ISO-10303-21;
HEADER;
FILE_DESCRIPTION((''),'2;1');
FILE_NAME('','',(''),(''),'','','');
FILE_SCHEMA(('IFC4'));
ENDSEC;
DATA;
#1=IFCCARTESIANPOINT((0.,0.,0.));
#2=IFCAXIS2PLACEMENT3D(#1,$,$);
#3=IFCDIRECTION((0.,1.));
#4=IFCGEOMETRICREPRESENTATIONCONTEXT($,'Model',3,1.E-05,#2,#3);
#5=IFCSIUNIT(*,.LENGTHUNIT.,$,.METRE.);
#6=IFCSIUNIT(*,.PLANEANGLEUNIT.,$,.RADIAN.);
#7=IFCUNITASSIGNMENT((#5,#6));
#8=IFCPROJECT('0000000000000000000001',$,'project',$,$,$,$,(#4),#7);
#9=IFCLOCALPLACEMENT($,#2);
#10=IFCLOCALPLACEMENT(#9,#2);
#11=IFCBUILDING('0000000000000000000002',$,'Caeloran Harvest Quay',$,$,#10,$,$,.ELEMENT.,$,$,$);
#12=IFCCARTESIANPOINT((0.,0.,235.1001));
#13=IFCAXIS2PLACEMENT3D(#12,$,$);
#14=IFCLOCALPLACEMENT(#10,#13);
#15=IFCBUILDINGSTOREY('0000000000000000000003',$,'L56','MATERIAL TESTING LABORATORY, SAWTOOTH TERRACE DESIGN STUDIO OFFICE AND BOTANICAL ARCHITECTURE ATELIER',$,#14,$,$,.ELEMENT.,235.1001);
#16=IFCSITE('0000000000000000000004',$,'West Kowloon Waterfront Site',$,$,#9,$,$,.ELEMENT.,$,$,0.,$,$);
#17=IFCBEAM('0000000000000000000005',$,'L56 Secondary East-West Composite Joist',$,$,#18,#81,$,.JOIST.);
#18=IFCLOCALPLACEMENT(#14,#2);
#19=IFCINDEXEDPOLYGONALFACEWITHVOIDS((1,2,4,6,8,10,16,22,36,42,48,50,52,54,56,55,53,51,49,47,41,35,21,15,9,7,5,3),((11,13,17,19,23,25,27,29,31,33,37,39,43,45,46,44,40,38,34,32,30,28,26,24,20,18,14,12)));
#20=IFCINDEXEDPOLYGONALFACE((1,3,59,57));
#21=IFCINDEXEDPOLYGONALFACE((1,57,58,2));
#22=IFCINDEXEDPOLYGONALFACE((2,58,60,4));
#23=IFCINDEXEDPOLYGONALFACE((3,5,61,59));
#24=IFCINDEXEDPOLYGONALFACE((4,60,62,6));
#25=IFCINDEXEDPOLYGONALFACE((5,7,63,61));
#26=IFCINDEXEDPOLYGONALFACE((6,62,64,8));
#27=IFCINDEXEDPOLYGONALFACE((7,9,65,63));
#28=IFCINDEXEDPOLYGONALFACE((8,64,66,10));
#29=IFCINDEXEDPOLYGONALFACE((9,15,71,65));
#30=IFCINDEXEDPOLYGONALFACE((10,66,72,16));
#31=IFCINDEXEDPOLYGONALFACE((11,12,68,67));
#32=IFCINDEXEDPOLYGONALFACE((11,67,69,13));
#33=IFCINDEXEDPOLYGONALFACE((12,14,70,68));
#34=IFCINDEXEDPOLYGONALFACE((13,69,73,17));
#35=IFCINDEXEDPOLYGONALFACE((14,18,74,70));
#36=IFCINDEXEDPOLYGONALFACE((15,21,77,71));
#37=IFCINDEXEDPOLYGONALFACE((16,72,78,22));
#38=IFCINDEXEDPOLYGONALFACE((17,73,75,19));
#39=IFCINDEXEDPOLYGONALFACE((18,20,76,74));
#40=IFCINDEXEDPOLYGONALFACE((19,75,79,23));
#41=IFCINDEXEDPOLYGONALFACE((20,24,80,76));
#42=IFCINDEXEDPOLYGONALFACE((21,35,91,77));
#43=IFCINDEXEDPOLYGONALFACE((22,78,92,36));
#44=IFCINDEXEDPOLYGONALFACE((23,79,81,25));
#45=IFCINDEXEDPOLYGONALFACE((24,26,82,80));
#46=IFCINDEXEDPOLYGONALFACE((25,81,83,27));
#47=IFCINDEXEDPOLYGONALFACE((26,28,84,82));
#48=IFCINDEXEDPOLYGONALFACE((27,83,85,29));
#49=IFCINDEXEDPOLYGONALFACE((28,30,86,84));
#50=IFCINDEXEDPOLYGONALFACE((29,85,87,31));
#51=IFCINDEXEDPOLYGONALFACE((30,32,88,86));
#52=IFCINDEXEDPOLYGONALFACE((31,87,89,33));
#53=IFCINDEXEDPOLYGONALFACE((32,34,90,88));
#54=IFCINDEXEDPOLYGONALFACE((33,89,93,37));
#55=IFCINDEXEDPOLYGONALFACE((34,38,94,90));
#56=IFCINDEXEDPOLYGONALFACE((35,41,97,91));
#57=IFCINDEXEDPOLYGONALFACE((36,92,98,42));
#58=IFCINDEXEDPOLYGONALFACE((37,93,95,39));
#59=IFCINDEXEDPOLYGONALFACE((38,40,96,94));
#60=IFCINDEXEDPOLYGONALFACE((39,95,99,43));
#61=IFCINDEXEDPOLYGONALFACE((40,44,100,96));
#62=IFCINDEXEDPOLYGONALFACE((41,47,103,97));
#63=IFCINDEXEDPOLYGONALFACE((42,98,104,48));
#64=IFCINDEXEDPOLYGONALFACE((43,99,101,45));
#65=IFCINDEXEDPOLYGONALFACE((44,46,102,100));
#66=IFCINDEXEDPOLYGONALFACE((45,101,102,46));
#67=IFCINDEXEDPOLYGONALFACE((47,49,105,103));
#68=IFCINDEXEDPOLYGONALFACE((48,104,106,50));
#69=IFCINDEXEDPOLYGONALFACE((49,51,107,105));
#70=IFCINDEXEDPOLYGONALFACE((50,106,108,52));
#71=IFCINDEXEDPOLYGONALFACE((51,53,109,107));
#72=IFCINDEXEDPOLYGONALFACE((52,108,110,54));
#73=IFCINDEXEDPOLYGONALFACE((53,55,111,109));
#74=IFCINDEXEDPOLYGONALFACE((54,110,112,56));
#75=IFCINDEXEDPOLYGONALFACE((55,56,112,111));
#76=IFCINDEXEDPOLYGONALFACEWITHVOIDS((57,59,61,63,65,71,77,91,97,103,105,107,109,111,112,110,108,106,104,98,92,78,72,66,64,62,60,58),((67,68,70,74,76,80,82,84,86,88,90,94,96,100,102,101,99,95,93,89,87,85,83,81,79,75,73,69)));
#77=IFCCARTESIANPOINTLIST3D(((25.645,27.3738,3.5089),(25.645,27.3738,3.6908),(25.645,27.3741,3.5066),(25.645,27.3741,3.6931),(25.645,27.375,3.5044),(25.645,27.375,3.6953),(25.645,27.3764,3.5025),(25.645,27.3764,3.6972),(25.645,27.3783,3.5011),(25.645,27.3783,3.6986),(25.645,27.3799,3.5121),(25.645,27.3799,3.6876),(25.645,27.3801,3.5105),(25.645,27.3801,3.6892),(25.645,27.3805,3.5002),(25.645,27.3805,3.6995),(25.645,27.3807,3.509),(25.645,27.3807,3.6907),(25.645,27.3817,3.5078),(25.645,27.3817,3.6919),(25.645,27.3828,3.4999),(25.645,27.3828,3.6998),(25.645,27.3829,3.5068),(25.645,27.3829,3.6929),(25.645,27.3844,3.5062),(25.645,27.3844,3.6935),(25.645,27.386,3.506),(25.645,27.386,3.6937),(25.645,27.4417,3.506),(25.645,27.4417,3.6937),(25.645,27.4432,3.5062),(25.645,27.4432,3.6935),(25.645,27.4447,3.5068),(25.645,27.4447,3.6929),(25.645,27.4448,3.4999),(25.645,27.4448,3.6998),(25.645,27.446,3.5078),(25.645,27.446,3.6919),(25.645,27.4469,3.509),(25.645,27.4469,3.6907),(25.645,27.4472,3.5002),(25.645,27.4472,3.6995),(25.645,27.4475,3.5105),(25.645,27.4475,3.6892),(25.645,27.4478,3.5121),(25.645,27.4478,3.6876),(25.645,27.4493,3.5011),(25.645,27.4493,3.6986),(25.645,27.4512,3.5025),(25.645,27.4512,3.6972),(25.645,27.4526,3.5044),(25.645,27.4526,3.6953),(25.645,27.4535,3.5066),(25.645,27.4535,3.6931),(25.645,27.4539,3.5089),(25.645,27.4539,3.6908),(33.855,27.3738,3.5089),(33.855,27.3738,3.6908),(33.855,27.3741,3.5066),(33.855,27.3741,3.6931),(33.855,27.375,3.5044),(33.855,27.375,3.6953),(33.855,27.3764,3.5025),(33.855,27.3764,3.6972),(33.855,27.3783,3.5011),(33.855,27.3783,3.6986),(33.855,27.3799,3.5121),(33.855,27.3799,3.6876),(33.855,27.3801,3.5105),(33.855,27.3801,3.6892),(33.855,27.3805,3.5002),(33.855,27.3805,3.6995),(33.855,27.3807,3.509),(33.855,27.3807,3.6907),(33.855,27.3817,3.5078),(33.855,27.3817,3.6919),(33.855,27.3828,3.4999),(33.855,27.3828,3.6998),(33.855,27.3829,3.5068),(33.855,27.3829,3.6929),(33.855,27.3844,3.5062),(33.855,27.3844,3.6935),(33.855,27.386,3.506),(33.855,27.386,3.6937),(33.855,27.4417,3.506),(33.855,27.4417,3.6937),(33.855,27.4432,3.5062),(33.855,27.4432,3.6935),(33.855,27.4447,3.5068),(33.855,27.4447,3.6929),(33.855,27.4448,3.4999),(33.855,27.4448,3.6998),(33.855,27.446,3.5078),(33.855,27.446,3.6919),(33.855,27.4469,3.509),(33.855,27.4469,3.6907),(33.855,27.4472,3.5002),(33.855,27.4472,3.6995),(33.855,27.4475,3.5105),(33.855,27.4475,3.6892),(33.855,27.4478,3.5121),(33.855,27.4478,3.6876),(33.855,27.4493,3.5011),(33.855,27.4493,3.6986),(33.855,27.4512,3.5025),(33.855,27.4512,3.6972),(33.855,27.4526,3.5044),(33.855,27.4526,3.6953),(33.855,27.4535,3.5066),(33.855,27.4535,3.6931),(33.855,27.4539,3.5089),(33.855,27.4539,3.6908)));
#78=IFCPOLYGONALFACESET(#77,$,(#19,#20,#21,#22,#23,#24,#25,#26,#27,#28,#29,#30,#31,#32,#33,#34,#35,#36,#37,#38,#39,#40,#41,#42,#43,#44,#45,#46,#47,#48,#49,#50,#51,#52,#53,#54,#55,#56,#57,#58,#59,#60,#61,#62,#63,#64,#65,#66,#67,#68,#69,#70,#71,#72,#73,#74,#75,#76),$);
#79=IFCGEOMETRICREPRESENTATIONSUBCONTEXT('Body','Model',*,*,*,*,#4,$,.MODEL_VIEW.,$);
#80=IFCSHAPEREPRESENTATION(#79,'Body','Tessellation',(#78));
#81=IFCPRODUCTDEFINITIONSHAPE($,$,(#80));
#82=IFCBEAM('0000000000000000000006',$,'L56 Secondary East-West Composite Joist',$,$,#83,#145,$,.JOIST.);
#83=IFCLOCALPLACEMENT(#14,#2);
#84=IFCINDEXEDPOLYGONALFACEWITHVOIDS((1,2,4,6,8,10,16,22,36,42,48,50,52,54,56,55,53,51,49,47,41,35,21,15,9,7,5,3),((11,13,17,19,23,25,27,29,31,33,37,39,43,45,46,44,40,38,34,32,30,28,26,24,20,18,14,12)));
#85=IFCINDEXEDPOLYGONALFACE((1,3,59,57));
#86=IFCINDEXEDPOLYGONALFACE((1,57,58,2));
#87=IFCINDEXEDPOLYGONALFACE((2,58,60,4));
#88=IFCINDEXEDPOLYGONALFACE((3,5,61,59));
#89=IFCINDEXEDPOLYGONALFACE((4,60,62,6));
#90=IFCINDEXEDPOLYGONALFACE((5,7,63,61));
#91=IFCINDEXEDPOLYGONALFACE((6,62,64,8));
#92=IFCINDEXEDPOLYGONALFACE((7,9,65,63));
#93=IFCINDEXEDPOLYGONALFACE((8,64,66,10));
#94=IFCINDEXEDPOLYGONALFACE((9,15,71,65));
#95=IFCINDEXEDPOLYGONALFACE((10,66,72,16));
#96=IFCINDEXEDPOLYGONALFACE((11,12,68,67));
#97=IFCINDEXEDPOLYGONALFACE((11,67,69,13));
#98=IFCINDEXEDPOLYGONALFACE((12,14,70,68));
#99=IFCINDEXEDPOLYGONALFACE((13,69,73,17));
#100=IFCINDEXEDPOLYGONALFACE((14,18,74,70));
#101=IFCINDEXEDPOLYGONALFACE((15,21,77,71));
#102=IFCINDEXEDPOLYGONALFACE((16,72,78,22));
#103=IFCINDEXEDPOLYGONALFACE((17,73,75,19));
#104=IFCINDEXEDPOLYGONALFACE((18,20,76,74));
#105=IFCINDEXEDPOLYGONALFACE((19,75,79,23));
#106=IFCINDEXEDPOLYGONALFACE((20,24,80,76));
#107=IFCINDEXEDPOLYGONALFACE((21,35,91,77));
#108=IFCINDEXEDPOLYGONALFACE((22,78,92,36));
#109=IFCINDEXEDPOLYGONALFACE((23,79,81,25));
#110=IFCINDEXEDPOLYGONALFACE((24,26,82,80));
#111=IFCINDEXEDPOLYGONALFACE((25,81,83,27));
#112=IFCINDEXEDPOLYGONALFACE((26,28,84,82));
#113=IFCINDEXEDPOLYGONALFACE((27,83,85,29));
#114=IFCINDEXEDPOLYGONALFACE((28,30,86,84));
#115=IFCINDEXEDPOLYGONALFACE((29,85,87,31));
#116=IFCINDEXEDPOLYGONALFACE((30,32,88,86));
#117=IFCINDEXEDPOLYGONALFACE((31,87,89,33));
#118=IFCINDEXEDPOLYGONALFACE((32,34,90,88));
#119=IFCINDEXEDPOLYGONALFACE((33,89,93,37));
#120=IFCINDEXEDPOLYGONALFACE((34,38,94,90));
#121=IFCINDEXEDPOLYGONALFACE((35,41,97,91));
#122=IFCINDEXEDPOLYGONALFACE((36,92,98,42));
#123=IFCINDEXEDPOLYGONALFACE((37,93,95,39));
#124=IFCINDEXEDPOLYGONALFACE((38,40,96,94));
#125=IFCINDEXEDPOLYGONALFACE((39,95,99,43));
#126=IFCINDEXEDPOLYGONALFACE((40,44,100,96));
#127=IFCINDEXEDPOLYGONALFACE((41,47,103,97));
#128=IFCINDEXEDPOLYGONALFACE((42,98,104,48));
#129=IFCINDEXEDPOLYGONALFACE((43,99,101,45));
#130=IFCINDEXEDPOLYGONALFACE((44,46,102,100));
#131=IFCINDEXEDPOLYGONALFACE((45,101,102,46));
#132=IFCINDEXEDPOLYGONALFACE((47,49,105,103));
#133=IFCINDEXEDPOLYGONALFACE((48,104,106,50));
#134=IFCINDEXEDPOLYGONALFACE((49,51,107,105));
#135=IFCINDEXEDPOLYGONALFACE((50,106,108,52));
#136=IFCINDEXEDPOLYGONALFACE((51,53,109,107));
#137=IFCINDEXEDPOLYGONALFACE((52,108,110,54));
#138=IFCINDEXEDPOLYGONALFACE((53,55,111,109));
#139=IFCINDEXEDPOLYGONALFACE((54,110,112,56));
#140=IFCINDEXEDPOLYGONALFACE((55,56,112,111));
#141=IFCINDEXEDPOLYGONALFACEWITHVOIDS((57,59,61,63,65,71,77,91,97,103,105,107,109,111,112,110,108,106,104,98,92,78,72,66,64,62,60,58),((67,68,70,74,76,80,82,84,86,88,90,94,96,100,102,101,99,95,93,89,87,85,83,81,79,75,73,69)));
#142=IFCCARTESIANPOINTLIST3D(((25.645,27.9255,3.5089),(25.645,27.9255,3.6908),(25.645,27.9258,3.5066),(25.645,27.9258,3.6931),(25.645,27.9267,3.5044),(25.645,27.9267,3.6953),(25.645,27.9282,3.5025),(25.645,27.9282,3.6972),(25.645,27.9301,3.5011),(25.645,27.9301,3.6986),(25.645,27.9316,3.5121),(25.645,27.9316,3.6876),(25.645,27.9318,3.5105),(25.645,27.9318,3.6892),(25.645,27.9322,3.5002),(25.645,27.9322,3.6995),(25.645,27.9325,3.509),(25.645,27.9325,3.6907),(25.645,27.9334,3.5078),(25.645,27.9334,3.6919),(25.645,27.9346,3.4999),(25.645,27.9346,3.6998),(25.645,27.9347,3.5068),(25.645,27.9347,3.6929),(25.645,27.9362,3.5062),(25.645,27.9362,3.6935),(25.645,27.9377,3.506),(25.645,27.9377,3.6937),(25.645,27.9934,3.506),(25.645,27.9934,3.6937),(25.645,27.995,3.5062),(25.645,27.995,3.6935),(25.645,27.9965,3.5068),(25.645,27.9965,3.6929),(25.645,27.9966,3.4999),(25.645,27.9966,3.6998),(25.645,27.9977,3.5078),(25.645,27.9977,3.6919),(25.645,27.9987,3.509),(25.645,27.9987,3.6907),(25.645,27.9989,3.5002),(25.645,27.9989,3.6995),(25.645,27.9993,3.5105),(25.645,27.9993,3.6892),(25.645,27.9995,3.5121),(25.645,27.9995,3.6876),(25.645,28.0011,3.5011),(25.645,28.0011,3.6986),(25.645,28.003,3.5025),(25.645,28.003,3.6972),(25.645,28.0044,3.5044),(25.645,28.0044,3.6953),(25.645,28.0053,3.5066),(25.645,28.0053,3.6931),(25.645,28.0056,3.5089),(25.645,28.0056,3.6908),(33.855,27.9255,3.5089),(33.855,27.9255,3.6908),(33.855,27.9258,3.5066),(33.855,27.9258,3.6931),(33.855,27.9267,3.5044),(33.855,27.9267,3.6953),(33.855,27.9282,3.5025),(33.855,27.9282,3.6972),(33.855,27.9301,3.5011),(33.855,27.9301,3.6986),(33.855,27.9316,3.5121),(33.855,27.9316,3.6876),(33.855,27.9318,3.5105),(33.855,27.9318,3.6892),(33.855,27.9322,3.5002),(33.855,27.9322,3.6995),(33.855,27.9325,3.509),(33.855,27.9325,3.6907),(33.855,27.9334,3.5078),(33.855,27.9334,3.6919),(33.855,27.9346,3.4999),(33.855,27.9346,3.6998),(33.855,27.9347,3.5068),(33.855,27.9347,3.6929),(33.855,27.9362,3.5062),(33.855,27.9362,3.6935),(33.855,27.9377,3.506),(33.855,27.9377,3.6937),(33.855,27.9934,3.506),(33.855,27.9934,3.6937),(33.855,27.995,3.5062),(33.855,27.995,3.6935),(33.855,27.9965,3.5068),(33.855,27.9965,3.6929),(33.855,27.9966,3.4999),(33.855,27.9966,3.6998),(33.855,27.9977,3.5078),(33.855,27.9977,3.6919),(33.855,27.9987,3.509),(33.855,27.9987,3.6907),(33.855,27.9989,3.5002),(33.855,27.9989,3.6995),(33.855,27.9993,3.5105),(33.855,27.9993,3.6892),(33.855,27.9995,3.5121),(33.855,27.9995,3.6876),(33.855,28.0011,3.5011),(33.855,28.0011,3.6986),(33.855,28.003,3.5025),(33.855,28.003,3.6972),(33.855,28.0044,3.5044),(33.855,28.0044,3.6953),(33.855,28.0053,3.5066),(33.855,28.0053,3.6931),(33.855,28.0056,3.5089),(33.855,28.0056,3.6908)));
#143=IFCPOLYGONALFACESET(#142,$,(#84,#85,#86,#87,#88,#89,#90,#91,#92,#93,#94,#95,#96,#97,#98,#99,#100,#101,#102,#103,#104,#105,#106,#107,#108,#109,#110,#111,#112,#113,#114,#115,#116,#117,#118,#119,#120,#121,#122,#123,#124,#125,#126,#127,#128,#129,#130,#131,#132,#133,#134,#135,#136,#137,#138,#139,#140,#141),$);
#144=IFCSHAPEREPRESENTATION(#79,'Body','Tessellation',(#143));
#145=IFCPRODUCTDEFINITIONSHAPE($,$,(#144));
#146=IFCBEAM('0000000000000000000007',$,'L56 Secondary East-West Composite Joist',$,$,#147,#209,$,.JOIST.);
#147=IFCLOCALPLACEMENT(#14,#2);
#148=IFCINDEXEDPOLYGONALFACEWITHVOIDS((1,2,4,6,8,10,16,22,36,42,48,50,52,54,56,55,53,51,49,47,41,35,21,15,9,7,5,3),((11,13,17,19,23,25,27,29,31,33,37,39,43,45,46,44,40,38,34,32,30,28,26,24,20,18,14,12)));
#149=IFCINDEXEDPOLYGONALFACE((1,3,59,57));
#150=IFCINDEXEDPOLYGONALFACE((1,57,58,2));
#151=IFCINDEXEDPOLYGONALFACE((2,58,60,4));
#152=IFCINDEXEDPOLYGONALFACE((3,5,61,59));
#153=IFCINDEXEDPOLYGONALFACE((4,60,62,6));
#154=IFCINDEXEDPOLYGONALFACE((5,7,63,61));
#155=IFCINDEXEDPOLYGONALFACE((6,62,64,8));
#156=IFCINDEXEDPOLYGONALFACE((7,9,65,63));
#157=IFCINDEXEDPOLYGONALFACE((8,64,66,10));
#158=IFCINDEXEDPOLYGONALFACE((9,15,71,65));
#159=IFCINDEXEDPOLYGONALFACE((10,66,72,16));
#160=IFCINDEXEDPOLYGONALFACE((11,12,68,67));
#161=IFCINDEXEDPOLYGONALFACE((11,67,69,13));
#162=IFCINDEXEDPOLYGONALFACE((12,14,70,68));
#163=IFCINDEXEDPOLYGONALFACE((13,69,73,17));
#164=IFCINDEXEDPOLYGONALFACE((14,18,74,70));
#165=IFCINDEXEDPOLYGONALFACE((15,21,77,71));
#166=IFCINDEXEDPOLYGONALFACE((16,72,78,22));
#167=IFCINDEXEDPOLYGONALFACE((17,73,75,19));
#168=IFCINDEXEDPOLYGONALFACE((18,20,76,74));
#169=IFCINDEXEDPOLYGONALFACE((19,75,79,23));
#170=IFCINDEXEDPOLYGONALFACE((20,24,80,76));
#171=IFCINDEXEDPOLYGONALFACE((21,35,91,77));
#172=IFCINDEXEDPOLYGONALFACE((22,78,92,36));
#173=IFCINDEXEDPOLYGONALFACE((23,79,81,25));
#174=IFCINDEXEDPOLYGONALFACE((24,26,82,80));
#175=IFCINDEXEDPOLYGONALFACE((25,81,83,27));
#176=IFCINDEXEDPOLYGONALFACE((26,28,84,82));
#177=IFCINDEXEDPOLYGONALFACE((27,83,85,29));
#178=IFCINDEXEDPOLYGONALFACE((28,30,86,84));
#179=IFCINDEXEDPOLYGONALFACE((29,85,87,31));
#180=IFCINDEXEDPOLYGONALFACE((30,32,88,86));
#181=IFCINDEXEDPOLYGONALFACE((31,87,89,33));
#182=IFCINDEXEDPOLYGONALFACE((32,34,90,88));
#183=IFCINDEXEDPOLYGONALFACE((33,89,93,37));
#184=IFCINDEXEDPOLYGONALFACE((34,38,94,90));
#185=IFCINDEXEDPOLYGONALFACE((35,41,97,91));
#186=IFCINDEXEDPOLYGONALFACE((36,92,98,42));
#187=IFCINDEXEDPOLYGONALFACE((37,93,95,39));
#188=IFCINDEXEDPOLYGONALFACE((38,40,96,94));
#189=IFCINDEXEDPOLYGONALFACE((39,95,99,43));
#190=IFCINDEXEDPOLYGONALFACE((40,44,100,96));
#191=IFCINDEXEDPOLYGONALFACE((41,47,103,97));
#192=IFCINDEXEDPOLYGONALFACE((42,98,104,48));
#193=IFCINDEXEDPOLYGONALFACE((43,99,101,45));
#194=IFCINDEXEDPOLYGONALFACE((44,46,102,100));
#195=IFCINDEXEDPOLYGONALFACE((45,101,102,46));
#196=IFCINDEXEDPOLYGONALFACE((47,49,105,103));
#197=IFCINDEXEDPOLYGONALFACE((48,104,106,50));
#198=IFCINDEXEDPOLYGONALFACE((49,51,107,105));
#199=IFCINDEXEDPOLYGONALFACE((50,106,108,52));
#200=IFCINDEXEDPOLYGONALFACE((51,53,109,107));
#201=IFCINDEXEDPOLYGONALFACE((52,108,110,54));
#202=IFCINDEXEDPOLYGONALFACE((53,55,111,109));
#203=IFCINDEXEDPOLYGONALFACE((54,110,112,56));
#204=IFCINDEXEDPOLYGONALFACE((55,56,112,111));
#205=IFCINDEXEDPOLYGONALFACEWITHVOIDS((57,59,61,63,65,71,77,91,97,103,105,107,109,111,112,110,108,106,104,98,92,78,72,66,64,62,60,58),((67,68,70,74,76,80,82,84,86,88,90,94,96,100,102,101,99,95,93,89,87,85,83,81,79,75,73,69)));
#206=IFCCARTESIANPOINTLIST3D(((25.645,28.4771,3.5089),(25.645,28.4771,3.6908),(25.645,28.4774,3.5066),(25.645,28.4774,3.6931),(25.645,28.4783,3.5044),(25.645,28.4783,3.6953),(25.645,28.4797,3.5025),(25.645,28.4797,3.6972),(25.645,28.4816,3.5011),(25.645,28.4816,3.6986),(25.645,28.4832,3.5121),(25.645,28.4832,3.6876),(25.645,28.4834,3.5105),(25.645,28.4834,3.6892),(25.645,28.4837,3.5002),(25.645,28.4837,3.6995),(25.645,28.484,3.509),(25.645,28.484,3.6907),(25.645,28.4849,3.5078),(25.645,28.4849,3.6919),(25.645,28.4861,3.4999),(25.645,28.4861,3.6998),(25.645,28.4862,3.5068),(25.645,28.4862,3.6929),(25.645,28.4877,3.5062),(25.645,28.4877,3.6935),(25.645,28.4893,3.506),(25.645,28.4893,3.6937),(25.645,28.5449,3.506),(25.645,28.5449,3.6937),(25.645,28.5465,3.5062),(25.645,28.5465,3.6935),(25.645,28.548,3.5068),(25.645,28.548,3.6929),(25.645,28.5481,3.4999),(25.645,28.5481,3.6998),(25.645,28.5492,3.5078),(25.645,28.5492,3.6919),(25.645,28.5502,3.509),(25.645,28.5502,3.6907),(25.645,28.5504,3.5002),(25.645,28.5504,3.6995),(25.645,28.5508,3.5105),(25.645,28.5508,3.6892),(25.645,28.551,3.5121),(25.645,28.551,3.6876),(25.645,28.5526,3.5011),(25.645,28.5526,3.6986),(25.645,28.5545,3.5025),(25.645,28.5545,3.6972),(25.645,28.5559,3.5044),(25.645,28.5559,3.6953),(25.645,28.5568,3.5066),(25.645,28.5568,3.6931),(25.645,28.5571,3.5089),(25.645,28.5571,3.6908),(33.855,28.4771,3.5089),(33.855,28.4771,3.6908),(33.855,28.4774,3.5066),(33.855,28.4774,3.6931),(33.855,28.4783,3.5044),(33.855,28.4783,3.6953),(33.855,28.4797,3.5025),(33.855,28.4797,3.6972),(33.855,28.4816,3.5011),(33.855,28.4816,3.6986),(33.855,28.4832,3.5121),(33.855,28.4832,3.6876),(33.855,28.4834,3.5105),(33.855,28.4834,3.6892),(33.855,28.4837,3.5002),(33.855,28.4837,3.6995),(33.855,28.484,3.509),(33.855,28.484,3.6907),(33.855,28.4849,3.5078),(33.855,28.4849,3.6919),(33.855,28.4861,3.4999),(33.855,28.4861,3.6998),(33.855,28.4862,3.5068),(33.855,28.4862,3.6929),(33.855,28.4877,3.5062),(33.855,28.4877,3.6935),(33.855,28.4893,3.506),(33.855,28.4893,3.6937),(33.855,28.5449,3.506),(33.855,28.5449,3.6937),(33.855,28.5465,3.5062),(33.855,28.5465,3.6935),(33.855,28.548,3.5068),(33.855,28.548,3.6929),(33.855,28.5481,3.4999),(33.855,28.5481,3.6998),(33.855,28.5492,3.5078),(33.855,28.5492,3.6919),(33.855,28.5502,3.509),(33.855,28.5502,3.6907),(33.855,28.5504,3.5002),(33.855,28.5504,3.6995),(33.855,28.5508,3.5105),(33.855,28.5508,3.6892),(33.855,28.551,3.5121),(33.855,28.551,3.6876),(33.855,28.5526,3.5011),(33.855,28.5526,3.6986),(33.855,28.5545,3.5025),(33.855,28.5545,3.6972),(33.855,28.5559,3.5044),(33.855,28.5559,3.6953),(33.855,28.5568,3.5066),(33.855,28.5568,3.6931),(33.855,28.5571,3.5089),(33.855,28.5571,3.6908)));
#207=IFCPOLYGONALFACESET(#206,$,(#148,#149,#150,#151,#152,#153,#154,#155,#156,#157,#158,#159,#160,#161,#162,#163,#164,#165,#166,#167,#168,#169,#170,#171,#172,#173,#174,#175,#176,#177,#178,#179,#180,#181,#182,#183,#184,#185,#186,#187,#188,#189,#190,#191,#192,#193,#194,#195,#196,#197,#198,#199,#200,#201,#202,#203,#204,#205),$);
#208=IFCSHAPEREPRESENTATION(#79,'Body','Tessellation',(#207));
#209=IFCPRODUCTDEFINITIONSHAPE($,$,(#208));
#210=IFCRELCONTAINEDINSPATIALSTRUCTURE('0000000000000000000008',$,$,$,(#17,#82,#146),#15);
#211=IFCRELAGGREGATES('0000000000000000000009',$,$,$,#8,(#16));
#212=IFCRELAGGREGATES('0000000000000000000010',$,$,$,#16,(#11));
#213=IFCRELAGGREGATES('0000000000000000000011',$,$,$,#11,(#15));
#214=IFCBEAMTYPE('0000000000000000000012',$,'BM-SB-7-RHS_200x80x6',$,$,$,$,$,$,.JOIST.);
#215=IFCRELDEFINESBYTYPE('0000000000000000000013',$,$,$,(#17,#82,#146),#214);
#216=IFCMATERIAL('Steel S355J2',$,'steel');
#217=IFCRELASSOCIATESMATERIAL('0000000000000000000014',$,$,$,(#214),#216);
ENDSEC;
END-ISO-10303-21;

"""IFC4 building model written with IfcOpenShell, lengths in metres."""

from ifc_helpers import new_model, si_unit, direction, frame, origin, origin_2d, place, context, subcontext, project, spatial, hollow_rectangle, extrude, material, material_profile, profile_set, type_object, element, save


model = new_model("IFC4")

# Units and contexts
model_context = context("Model", 3, precision=1e-05, world=origin(), true_north=direction((0.0, 1.0)))
body_context = subcontext(model_context, "Body", "Model", "MODEL_VIEW")
ifc_project = project(units=[si_unit("LENGTHUNIT", "METRE"), si_unit("PLANEANGLEUNIT", "RADIAN")], contexts=[model_context])

# Site, building, storey
site_placement = place(None, origin())
site = spatial("IfcSite", under=ifc_project, at=site_placement, Name="West Kowloon Waterfront Site", CompositionType="ELEMENT", RefElevation=0.0)
building_placement = place(site_placement, origin())
building = spatial("IfcBuilding", under=site, at=building_placement, Name="Caeloran Harvest Quay", CompositionType="ELEMENT")
storey_placement = place(building_placement, frame((0.0, 0.0, 235.1001)))
storey = spatial("IfcBuildingStorey", under=building, at=storey_placement, Name="L56", Description="MATERIAL TESTING LABORATORY, SAWTOOTH TERRACE DESIGN STUDIO OFFICE AND BOTANICAL ARCHITECTURE ATELIER", CompositionType="ELEMENT", Elevation=235.1001)

# Beams
ifc_material = material(Name="Steel S355J2", Category="steel")
ifc_material_profile_1 = material_profile(ifc_material, hollow_rectangle(XDim=0.0801, YDim=0.2, WallThickness=0.0061, InnerFilletRadius=0.0061, OuterFilletRadius=0.009, at=origin_2d()), Name="RHS 200x80x6")
ifc_profile_set_1 = profile_set([ifc_material_profile_1], Name="Steel S355J2")
beam_type_1 = type_object("IfcBeamType", Name="BM-SB-7-RHS_200x80x6", PredefinedType="JOIST", material=ifc_profile_set_1)
for number, where, z_axis, x_axis, name in (
    (1, (25.645, 27.4138, 3.5999), (1.0, 0.0, 0.0), (0.0, 1.0, 0.0), "L56 Secondary East-West Composite Joist"),
    (2, (25.645, 27.9656, 3.5999), (1.0, 0.0, 0.0), (0.0, 1.0, 0.0), "L56 Secondary East-West Composite Joist"),
    (3, (25.645, 28.5171, 3.5999), (1.0, 0.0, 0.0), (0.0, 1.0, 0.0), "L56 Secondary East-West Composite Joist"),
):
    element("IfcBeam", number, at=place(storey_placement, frame(where, z_axis=z_axis, x_axis=x_axis)), inside=storey, type_object=beam_type_1, Name=name, PredefinedType="JOIST", context=body_context, shape_type="SweptSolid", body=[
        extrude(hollow_rectangle(XDim=0.0801, YDim=0.2, WallThickness=0.0061, InnerFilletRadius=0.0061, OuterFilletRadius=0.009, at=origin_2d()), origin(), (0.0, 0.0, 1.0), 8.21),
    ])

save(model, "model.ifc")
